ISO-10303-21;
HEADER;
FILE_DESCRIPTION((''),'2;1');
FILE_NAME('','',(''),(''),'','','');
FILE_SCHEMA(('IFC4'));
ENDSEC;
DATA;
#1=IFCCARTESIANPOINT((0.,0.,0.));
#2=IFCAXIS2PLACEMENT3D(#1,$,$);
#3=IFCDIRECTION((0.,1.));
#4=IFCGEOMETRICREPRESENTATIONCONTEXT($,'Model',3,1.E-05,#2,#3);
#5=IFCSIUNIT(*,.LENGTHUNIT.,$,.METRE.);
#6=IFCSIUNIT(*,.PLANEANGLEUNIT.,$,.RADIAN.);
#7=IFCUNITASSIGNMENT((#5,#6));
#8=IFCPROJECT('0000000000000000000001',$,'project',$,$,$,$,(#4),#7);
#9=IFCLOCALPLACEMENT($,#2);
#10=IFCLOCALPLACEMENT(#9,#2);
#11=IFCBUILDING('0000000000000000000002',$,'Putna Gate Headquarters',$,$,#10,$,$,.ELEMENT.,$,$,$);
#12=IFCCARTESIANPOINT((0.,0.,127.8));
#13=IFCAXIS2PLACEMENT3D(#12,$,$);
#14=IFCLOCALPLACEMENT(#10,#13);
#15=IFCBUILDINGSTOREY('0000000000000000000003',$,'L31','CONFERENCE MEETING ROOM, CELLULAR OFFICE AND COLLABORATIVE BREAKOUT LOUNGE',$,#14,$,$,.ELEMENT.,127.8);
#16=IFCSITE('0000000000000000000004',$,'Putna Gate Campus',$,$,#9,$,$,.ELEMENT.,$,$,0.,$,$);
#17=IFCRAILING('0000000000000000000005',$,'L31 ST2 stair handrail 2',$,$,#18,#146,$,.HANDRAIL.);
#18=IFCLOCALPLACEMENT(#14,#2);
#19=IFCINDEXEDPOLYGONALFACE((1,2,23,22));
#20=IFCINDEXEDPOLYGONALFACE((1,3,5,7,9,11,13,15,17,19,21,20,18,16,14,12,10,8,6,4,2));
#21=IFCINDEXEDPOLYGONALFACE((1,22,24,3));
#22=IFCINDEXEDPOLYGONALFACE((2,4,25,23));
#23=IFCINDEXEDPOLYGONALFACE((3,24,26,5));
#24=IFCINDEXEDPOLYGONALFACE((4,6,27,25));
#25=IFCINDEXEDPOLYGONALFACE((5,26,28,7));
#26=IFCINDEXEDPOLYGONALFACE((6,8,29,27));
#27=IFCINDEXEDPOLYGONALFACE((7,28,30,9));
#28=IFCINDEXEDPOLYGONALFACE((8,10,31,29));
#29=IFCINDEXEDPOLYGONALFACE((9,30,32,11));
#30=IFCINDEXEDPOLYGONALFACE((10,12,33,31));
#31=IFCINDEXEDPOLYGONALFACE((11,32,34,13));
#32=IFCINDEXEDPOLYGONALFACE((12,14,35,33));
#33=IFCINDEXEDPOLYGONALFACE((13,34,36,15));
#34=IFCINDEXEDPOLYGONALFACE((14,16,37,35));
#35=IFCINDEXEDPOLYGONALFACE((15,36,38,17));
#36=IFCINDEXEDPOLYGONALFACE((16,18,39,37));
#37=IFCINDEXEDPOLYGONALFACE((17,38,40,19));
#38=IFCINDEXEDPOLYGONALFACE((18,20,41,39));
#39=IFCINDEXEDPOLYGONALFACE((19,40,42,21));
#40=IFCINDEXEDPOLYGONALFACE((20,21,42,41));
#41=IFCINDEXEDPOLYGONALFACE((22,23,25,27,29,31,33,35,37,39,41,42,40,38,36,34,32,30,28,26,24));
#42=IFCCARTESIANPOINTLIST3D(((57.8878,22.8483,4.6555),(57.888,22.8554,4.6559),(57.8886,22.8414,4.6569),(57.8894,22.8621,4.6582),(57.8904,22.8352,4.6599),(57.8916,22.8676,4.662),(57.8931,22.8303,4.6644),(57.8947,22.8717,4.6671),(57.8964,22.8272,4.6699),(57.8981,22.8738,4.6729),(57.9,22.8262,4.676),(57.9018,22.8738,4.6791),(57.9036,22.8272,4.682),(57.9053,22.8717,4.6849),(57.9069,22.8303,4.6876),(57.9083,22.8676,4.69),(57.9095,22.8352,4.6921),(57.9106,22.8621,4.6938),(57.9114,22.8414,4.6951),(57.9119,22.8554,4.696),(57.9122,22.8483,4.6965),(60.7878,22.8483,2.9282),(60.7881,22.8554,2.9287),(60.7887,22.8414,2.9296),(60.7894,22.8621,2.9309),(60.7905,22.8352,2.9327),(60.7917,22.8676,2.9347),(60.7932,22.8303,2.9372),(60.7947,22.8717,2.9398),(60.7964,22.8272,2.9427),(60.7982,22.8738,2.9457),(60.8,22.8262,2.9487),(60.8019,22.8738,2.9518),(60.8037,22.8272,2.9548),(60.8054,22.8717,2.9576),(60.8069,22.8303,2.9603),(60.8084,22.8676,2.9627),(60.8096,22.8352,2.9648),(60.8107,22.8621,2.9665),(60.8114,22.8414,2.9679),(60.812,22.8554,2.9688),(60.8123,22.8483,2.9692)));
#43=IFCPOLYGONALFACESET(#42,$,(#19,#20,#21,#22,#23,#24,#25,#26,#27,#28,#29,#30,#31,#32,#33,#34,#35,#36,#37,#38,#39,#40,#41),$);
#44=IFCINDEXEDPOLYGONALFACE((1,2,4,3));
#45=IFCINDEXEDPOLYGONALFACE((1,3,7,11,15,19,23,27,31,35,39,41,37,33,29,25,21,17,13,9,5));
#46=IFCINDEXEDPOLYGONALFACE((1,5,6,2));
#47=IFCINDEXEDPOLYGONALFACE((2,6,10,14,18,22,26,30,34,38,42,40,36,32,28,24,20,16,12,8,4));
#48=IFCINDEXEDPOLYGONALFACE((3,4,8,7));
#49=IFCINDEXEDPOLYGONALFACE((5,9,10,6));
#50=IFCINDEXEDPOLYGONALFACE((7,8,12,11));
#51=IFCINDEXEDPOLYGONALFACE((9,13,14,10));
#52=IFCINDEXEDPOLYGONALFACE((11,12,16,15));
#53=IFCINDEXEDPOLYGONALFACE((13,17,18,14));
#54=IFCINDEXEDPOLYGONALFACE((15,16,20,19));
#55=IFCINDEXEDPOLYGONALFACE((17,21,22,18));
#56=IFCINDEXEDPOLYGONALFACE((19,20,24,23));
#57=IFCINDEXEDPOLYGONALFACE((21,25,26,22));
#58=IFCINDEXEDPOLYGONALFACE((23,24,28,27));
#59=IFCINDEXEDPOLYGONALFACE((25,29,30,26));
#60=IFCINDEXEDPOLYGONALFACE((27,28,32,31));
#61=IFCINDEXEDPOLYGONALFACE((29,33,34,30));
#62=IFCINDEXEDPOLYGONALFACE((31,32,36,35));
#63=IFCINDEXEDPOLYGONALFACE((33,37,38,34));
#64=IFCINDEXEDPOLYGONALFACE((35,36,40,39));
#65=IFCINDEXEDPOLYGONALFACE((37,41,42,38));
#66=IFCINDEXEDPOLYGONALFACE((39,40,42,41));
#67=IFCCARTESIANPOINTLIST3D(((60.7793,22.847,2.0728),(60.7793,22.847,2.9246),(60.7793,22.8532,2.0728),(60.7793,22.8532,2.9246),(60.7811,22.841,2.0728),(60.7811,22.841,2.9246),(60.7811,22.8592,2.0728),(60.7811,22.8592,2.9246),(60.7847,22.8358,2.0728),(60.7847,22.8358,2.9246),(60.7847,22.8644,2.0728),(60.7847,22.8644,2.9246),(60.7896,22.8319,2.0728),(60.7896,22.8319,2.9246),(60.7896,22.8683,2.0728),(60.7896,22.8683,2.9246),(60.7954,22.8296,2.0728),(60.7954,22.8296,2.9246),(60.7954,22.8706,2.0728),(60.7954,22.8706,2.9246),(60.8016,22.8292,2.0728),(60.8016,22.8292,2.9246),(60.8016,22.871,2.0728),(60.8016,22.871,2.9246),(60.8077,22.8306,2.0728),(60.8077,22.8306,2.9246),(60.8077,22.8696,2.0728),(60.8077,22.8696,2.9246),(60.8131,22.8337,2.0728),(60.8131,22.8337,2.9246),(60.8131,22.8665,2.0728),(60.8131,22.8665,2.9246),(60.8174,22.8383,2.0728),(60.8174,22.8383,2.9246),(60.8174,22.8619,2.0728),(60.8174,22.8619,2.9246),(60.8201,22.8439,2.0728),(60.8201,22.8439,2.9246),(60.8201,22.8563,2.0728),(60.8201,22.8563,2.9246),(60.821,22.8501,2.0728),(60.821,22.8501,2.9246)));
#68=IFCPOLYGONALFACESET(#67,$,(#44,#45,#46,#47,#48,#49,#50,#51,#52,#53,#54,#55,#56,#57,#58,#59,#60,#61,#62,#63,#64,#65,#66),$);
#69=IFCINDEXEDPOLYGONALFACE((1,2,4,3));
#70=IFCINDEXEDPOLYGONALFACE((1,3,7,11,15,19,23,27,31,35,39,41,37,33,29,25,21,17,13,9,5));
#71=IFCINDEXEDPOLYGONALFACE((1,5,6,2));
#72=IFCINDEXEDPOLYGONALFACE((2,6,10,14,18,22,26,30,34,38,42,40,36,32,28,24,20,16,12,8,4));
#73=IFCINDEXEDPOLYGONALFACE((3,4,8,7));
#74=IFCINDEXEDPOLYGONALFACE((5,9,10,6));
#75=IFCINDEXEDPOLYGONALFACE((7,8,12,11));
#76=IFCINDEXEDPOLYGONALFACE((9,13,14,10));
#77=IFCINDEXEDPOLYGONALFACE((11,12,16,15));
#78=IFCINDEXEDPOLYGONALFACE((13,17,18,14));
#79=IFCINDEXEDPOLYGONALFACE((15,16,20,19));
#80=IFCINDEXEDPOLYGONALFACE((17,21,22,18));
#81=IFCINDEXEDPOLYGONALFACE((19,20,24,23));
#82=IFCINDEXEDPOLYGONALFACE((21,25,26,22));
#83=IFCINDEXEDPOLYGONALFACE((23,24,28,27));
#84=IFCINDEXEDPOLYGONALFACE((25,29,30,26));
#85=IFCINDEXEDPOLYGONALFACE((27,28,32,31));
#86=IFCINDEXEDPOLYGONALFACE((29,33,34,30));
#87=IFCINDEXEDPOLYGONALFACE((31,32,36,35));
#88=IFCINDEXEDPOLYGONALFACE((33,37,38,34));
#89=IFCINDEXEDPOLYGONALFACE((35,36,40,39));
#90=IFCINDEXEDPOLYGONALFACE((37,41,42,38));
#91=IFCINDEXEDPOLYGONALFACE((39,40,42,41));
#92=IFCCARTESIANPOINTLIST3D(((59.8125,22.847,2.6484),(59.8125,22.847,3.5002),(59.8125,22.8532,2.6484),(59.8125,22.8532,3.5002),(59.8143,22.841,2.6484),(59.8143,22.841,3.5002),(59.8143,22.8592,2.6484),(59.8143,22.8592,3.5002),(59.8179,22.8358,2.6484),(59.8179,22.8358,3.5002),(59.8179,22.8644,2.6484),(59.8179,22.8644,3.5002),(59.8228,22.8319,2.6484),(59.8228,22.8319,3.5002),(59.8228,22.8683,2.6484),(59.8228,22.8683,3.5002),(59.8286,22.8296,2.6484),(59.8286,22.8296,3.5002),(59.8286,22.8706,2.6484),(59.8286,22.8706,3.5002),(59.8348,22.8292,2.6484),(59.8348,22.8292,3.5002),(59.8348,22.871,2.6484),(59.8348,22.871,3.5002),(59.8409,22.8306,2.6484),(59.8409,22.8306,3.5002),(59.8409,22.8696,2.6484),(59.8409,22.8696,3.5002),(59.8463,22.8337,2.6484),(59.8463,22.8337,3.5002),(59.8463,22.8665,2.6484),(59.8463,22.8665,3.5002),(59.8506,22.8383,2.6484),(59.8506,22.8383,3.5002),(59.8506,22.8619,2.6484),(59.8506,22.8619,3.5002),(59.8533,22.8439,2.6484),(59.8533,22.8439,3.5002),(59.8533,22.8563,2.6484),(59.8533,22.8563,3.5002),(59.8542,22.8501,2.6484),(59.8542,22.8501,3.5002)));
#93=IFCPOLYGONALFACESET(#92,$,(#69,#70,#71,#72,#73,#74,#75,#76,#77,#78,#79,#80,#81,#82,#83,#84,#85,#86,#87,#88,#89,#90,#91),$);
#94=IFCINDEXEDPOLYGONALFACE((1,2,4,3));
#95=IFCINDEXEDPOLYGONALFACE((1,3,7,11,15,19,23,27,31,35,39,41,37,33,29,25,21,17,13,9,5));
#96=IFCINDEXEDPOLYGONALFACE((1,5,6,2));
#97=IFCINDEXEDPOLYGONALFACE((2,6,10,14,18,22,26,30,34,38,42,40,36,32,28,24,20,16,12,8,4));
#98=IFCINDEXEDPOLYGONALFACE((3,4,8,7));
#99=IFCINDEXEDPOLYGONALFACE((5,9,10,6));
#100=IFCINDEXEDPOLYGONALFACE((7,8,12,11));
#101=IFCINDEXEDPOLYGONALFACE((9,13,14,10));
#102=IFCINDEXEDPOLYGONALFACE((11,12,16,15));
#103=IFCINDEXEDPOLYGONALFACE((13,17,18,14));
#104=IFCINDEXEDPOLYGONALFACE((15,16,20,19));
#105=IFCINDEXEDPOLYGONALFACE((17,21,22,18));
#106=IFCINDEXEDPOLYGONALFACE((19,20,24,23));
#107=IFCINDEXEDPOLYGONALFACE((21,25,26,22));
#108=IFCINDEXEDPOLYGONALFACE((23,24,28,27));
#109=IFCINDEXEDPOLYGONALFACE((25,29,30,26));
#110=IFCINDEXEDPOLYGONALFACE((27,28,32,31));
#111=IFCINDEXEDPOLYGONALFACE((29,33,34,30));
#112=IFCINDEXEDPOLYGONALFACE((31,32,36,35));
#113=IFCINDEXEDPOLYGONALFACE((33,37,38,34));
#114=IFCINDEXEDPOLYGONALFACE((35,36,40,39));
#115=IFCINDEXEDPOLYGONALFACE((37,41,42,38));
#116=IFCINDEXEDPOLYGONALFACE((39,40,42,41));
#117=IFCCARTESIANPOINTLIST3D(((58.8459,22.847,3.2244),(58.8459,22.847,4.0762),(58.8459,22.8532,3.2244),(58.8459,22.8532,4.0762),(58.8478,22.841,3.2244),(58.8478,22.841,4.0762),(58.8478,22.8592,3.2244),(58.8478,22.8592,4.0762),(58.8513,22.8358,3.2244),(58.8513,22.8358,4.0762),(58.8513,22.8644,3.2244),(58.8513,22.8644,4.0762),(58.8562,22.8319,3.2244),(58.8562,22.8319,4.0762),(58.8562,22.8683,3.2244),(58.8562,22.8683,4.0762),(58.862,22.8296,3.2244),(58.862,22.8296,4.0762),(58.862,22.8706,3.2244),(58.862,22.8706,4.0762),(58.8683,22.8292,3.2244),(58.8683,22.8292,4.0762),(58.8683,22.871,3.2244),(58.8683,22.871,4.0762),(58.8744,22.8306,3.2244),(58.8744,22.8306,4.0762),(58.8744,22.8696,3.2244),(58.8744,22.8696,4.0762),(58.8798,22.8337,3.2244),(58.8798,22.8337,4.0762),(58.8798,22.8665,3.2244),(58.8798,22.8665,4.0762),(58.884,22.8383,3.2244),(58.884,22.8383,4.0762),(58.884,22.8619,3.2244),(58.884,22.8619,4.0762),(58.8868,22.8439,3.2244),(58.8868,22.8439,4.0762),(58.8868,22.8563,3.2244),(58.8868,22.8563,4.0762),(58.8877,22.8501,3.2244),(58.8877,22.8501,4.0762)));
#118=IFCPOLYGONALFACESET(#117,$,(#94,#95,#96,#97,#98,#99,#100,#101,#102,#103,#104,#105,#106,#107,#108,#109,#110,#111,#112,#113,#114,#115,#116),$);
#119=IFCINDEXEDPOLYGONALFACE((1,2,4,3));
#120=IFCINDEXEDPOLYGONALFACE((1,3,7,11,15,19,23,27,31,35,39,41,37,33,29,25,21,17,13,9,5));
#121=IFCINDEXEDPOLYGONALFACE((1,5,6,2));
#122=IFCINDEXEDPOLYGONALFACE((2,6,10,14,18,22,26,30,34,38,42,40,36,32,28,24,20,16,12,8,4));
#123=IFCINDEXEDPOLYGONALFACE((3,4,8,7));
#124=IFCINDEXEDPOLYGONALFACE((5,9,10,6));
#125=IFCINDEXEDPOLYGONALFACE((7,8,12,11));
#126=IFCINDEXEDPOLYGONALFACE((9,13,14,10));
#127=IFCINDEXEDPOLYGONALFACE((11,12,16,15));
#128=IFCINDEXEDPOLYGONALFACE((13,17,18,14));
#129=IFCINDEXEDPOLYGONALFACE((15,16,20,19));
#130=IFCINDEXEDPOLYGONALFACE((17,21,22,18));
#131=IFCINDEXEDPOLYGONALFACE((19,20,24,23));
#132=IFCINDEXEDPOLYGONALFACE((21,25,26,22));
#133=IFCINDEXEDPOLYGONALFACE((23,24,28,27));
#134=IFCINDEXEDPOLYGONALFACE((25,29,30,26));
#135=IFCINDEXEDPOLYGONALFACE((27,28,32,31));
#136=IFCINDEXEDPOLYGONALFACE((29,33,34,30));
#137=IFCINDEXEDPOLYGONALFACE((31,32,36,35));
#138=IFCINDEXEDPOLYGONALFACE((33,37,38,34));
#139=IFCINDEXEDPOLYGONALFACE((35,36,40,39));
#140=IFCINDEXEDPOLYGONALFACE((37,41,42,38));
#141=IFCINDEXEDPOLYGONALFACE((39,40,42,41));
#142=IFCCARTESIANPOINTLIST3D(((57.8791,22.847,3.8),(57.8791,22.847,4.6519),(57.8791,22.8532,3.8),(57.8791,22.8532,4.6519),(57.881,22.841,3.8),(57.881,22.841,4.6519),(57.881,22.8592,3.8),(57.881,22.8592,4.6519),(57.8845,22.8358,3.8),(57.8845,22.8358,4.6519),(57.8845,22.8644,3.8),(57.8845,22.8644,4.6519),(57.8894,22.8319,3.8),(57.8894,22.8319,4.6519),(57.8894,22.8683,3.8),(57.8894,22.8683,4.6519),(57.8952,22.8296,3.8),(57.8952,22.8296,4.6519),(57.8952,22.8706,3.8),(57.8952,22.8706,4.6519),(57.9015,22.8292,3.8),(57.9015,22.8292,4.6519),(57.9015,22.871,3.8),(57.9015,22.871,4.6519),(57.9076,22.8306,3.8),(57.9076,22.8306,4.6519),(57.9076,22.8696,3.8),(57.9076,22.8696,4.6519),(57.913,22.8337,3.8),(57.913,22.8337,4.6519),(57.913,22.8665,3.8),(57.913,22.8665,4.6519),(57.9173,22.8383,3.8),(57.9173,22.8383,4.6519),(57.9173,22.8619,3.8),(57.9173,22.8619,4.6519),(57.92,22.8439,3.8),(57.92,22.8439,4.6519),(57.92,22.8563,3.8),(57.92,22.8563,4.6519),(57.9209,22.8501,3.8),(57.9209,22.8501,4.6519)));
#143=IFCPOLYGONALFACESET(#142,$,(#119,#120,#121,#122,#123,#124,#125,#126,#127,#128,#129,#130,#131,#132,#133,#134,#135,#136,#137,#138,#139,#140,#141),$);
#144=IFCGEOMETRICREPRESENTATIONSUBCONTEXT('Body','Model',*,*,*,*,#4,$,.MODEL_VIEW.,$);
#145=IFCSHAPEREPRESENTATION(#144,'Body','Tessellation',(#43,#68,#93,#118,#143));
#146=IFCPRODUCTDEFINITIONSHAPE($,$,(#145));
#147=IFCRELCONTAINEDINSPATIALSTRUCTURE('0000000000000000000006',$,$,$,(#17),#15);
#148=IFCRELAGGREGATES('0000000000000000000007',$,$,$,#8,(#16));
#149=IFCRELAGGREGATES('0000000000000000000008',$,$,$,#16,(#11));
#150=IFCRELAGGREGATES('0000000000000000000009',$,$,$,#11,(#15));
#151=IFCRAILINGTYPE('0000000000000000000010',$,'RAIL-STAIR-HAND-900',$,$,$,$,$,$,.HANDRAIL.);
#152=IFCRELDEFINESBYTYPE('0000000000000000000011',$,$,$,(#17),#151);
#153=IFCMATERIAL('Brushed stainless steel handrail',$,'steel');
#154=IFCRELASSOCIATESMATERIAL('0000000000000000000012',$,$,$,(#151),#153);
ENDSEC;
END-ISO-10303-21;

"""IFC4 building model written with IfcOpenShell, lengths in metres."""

from ifc_helpers import new_model, si_unit, direction, frame, origin, origin_2d, place, context, subcontext, project, spatial, circle, extrude, material, type_object, element, save


model = new_model("IFC4")

# Units and contexts
model_context = context("Model", 3, precision=1e-05, world=origin(), true_north=direction((0.0, 1.0)))
body_context = subcontext(model_context, "Body", "Model", "MODEL_VIEW")
ifc_project = project(units=[si_unit("LENGTHUNIT", "METRE"), si_unit("PLANEANGLEUNIT", "RADIAN")], contexts=[model_context])

# Site, building, storey
site_placement = place(None, origin())
site = spatial("IfcSite", under=ifc_project, at=site_placement, Name="Putna Gate Campus", CompositionType="ELEMENT", RefElevation=0.0)
building_placement = place(site_placement, origin())
building = spatial("IfcBuilding", under=site, at=building_placement, Name="Putna Gate Headquarters", CompositionType="ELEMENT")
storey_placement = place(building_placement, frame((0.0, 0.0, 127.8)))
storey = spatial("IfcBuildingStorey", under=building, at=storey_placement, Name="L31", Description="CONFERENCE MEETING ROOM, CELLULAR OFFICE AND COLLABORATIVE BREAKOUT LOUNGE", CompositionType="ELEMENT", Elevation=127.8)

# Railing
ifc_material_1 = material(Name="Brushed stainless steel handrail", Category="steel")
railing_type_1 = type_object("IfcRailingType", Name="RAIL-STAIR-HAND-900", PredefinedType="HANDRAIL", material=ifc_material_1)
railing_1_placement = place(storey_placement, frame((60.8, 22.8501, 2.0728)))
element("IfcRailing", 1, at=railing_1_placement, inside=storey, type_object=railing_type_1, Name="L31 ST2 stair handrail 2", PredefinedType="HANDRAIL", context=body_context, shape_type="SweptSolid", body=[
    extrude(circle(Radius=0.0239, at=origin_2d()), frame((0.0, 0.0, 0.876), z_axis=(-0.85916, 0.0, 0.511706), x_axis=(0.0, -1.0, 0.0)), (0.0, 0.0, 1.0), 3.3755),
    extrude(circle(Radius=0.021, at=origin_2d()), origin(), (0.0, 0.0, 1.0), 0.8518),
    extrude(circle(Radius=0.021, at=origin_2d()), frame((-0.9668, 0.0, 0.5757)), (0.0, 0.0, 1.0), 0.8518),
    extrude(circle(Radius=0.021, at=origin_2d()), frame((-1.9333, 0.0, 1.1516)), (0.0, 0.0, 1.0), 0.8518),
    extrude(circle(Radius=0.021, at=origin_2d()), frame((-2.9001, 0.0, 1.7273)), (0.0, 0.0, 1.0), 0.8518),
])

save(model, "model.ifc")
